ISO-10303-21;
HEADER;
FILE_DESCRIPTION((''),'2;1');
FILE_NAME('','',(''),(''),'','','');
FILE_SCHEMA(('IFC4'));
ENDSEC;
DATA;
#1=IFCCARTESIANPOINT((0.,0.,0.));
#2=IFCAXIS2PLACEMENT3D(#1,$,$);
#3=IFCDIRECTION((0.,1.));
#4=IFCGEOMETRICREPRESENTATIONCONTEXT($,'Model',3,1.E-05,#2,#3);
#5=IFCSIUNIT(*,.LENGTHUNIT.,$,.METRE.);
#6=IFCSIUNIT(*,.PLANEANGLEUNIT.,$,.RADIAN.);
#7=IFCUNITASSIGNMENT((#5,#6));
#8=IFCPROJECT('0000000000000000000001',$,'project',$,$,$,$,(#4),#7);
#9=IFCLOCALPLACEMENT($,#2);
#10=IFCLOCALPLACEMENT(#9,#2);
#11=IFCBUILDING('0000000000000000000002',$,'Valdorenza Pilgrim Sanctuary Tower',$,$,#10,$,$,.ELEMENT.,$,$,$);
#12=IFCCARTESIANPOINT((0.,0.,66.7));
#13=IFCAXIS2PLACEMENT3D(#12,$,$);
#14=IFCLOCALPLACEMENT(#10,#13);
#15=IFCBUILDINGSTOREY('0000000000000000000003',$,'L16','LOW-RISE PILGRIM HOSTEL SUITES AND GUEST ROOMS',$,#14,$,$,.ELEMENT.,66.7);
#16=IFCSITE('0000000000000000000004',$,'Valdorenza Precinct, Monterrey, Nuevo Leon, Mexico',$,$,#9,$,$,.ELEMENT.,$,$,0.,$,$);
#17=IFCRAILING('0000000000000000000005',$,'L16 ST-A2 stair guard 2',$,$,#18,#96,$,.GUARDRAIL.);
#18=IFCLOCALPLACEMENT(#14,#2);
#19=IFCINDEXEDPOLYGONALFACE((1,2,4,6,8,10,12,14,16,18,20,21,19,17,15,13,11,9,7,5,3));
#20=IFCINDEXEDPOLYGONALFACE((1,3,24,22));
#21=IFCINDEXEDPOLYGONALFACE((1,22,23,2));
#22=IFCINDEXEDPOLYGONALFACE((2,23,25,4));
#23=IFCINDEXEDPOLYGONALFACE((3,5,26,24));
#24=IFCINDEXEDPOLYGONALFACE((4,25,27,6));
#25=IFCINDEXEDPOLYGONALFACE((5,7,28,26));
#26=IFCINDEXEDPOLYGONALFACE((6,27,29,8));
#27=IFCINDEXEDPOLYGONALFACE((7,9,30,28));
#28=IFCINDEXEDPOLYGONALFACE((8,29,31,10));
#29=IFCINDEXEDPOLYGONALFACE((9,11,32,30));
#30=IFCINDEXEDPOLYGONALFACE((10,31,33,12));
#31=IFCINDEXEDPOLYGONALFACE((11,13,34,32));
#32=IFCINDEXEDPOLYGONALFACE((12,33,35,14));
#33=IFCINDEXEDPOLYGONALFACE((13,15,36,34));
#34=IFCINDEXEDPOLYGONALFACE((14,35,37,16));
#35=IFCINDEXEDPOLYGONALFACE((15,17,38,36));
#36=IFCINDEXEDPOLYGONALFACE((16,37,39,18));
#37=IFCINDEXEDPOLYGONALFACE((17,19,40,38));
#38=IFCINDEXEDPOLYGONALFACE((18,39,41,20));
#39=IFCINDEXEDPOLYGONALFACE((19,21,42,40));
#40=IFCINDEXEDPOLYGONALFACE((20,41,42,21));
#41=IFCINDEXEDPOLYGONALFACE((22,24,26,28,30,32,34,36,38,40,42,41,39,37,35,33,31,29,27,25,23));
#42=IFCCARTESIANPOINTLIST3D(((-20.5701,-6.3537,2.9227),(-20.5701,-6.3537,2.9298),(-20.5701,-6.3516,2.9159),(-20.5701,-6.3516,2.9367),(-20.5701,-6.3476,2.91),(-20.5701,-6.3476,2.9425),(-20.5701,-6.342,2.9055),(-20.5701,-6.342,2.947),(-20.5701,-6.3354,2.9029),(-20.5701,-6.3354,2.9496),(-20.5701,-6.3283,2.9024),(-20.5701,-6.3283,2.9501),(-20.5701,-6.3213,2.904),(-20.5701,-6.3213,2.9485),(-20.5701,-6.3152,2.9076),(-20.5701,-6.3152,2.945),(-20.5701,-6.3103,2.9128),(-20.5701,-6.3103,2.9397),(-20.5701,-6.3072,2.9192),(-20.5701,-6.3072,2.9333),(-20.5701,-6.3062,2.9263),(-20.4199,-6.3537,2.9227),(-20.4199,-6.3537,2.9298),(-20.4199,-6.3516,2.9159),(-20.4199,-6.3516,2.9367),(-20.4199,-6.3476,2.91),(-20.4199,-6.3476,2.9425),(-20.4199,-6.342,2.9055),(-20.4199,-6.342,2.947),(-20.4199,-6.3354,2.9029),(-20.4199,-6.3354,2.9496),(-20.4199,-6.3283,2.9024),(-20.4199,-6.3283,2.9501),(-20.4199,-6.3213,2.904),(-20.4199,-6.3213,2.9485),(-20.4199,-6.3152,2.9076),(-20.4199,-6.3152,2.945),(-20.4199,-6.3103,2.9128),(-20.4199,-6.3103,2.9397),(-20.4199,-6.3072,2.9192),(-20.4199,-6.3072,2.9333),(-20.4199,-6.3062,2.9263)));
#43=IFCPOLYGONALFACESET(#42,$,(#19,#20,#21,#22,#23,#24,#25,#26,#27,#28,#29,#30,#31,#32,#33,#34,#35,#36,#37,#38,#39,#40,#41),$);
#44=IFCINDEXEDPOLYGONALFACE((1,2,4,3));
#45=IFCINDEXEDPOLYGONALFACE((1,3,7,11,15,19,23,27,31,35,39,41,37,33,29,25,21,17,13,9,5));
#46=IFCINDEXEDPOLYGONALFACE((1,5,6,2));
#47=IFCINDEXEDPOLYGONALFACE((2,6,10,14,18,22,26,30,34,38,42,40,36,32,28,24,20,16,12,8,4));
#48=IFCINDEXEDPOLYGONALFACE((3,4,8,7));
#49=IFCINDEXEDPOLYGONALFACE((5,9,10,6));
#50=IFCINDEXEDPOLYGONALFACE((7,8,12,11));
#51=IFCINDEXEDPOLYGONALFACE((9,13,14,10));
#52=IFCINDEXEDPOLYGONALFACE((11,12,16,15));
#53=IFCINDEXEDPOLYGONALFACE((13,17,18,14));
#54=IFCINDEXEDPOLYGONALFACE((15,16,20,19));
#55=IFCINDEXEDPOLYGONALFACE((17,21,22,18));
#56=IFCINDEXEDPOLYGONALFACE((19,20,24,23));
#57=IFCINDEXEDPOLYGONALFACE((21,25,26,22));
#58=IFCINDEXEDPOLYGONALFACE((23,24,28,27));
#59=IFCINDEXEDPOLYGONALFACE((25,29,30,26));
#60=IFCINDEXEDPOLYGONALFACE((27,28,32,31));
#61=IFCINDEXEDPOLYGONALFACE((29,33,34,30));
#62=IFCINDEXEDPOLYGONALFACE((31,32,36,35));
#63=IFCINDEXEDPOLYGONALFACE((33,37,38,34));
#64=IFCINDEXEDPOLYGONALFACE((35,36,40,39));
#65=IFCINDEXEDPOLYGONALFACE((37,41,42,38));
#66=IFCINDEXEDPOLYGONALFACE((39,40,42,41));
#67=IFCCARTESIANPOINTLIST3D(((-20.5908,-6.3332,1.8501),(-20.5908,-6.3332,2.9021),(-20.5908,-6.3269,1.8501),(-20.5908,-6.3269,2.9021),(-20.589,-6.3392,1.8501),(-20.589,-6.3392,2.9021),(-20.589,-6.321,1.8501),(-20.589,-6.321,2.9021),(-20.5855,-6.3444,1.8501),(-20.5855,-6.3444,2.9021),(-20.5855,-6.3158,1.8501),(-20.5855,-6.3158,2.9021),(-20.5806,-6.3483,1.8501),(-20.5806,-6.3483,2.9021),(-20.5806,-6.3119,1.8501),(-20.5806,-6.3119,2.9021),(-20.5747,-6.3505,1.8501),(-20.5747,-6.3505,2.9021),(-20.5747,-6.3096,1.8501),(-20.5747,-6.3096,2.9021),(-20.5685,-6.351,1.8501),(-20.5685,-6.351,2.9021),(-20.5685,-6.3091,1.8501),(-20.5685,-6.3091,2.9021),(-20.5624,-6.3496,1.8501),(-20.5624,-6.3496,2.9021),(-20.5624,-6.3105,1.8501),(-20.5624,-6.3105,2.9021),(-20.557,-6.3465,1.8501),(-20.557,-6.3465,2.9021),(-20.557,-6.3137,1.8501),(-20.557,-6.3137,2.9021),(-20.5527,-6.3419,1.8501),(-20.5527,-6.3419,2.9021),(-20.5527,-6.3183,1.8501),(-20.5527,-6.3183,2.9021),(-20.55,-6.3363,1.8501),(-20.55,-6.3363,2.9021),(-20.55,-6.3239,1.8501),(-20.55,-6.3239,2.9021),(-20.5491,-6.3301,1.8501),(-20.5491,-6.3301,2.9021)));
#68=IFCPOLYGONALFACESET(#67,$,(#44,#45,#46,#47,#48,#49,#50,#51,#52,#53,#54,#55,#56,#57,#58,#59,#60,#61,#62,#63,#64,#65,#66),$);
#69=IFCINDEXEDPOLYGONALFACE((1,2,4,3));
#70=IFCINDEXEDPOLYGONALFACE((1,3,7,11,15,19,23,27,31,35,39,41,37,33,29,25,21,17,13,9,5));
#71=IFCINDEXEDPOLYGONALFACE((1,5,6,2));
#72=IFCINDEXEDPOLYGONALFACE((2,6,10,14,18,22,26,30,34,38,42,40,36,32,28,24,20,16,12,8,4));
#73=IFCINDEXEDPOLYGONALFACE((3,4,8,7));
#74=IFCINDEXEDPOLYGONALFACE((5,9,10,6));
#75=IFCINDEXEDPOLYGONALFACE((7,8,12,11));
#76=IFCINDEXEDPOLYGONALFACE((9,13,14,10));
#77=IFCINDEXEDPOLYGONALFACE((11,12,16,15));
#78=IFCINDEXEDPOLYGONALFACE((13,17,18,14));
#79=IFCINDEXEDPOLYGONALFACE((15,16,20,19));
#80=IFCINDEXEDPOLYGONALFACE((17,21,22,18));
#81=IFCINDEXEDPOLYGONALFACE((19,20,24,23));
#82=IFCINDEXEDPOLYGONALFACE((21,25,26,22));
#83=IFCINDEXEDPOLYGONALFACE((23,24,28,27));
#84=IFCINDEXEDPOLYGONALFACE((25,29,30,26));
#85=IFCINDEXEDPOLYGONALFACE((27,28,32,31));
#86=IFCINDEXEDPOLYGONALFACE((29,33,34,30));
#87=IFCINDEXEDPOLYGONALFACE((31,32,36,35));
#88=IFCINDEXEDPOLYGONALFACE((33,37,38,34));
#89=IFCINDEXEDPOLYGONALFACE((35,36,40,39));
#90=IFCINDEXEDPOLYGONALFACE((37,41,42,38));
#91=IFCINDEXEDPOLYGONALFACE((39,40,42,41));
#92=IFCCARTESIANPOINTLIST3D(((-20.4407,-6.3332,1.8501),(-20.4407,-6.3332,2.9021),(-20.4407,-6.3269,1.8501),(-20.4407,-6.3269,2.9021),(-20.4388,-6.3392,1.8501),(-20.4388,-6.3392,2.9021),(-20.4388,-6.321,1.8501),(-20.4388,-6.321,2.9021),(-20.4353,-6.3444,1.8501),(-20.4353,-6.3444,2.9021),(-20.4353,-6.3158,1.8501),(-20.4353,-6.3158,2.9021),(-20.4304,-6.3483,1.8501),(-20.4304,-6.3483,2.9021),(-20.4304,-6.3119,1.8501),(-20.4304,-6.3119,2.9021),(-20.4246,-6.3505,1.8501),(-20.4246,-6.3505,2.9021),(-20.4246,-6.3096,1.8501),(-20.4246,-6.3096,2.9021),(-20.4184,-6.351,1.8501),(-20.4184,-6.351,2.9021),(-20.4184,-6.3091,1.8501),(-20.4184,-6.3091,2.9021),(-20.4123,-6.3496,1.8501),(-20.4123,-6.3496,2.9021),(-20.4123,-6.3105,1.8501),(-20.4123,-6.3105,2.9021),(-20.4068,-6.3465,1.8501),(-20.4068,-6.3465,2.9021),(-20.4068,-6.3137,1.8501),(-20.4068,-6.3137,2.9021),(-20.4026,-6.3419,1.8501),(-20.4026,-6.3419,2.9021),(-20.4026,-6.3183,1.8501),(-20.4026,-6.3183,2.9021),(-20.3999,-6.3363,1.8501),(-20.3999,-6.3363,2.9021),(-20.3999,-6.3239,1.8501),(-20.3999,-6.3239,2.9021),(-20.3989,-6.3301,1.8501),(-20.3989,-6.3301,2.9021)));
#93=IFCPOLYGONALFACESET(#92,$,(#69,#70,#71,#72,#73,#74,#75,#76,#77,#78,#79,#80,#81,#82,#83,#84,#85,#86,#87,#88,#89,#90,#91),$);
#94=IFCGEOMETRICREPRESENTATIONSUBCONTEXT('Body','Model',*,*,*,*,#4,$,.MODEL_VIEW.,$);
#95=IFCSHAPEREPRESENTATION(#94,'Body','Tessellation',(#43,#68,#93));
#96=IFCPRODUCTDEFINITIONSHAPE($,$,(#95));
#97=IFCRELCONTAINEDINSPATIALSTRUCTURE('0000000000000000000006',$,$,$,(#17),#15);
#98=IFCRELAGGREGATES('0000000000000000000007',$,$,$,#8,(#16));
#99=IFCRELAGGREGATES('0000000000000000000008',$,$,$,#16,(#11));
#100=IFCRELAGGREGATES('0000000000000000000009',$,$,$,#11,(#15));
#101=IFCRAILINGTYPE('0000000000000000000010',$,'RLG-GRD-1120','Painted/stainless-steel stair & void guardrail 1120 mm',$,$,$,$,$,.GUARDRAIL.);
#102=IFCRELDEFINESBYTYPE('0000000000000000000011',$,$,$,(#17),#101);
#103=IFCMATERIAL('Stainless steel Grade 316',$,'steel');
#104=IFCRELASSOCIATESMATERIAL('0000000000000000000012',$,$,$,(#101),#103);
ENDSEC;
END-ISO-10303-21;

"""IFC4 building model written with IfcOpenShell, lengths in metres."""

from ifc_helpers import new_model, si_unit, direction, frame, origin, origin_2d, place, context, subcontext, project, spatial, circle, extrude, material, type_object, element, save


model = new_model("IFC4")

# Units and contexts
model_context = context("Model", 3, precision=1e-05, world=origin(), true_north=direction((0.0, 1.0)))
body_context = subcontext(model_context, "Body", "Model", "MODEL_VIEW")
ifc_project = project(units=[si_unit("LENGTHUNIT", "METRE"), si_unit("PLANEANGLEUNIT", "RADIAN")], contexts=[model_context])

# Site, building, storey
site_placement = place(None, origin())
site = spatial("IfcSite", under=ifc_project, at=site_placement, Name="Valdorenza Precinct, Monterrey, Nuevo Leon, Mexico", CompositionType="ELEMENT", RefElevation=0.0)
building_placement = place(site_placement, origin())
building = spatial("IfcBuilding", under=site, at=building_placement, Name="Valdorenza Pilgrim Sanctuary Tower", CompositionType="ELEMENT")
storey_placement = place(building_placement, frame((0.0, 0.0, 66.7)))
storey = spatial("IfcBuildingStorey", under=building, at=storey_placement, Name="L16", Description="LOW-RISE PILGRIM HOSTEL SUITES AND GUEST ROOMS", CompositionType="ELEMENT", Elevation=66.7)

# Railing
ifc_material_1 = material(Name="Stainless steel Grade 316", Category="steel")
railing_type_1 = type_object("IfcRailingType", Name="RLG-GRD-1120", Description="Painted/stainless-steel stair & void guardrail 1120 mm", PredefinedType="GUARDRAIL", material=ifc_material_1)
railing_1_placement = place(storey_placement, frame((-20.5701, -6.3301, 1.8501)))
element("IfcRailing", 1, at=railing_1_placement, inside=storey, type_object=railing_type_1, Name="L16 ST-A2 stair guard 2", PredefinedType="GUARDRAIL", context=body_context, shape_type="SweptSolid", body=[
    extrude(circle(Radius=0.0239, at=origin_2d()), frame((0.0, 0.0, 1.0762), z_axis=(1.0, 0.0, 0.0), x_axis=(0.0, 1.0, 0.0)), (0.0, 0.0, 1.0), 0.1501),
    extrude(circle(Radius=0.021, at=origin_2d()), origin(), (0.0, 0.0, 1.0), 1.052),
    extrude(circle(Radius=0.021, at=origin_2d()), frame((0.1501, 0.0, 0.0)), (0.0, 0.0, 1.0), 1.052),
])

save(model, "model.ifc")
